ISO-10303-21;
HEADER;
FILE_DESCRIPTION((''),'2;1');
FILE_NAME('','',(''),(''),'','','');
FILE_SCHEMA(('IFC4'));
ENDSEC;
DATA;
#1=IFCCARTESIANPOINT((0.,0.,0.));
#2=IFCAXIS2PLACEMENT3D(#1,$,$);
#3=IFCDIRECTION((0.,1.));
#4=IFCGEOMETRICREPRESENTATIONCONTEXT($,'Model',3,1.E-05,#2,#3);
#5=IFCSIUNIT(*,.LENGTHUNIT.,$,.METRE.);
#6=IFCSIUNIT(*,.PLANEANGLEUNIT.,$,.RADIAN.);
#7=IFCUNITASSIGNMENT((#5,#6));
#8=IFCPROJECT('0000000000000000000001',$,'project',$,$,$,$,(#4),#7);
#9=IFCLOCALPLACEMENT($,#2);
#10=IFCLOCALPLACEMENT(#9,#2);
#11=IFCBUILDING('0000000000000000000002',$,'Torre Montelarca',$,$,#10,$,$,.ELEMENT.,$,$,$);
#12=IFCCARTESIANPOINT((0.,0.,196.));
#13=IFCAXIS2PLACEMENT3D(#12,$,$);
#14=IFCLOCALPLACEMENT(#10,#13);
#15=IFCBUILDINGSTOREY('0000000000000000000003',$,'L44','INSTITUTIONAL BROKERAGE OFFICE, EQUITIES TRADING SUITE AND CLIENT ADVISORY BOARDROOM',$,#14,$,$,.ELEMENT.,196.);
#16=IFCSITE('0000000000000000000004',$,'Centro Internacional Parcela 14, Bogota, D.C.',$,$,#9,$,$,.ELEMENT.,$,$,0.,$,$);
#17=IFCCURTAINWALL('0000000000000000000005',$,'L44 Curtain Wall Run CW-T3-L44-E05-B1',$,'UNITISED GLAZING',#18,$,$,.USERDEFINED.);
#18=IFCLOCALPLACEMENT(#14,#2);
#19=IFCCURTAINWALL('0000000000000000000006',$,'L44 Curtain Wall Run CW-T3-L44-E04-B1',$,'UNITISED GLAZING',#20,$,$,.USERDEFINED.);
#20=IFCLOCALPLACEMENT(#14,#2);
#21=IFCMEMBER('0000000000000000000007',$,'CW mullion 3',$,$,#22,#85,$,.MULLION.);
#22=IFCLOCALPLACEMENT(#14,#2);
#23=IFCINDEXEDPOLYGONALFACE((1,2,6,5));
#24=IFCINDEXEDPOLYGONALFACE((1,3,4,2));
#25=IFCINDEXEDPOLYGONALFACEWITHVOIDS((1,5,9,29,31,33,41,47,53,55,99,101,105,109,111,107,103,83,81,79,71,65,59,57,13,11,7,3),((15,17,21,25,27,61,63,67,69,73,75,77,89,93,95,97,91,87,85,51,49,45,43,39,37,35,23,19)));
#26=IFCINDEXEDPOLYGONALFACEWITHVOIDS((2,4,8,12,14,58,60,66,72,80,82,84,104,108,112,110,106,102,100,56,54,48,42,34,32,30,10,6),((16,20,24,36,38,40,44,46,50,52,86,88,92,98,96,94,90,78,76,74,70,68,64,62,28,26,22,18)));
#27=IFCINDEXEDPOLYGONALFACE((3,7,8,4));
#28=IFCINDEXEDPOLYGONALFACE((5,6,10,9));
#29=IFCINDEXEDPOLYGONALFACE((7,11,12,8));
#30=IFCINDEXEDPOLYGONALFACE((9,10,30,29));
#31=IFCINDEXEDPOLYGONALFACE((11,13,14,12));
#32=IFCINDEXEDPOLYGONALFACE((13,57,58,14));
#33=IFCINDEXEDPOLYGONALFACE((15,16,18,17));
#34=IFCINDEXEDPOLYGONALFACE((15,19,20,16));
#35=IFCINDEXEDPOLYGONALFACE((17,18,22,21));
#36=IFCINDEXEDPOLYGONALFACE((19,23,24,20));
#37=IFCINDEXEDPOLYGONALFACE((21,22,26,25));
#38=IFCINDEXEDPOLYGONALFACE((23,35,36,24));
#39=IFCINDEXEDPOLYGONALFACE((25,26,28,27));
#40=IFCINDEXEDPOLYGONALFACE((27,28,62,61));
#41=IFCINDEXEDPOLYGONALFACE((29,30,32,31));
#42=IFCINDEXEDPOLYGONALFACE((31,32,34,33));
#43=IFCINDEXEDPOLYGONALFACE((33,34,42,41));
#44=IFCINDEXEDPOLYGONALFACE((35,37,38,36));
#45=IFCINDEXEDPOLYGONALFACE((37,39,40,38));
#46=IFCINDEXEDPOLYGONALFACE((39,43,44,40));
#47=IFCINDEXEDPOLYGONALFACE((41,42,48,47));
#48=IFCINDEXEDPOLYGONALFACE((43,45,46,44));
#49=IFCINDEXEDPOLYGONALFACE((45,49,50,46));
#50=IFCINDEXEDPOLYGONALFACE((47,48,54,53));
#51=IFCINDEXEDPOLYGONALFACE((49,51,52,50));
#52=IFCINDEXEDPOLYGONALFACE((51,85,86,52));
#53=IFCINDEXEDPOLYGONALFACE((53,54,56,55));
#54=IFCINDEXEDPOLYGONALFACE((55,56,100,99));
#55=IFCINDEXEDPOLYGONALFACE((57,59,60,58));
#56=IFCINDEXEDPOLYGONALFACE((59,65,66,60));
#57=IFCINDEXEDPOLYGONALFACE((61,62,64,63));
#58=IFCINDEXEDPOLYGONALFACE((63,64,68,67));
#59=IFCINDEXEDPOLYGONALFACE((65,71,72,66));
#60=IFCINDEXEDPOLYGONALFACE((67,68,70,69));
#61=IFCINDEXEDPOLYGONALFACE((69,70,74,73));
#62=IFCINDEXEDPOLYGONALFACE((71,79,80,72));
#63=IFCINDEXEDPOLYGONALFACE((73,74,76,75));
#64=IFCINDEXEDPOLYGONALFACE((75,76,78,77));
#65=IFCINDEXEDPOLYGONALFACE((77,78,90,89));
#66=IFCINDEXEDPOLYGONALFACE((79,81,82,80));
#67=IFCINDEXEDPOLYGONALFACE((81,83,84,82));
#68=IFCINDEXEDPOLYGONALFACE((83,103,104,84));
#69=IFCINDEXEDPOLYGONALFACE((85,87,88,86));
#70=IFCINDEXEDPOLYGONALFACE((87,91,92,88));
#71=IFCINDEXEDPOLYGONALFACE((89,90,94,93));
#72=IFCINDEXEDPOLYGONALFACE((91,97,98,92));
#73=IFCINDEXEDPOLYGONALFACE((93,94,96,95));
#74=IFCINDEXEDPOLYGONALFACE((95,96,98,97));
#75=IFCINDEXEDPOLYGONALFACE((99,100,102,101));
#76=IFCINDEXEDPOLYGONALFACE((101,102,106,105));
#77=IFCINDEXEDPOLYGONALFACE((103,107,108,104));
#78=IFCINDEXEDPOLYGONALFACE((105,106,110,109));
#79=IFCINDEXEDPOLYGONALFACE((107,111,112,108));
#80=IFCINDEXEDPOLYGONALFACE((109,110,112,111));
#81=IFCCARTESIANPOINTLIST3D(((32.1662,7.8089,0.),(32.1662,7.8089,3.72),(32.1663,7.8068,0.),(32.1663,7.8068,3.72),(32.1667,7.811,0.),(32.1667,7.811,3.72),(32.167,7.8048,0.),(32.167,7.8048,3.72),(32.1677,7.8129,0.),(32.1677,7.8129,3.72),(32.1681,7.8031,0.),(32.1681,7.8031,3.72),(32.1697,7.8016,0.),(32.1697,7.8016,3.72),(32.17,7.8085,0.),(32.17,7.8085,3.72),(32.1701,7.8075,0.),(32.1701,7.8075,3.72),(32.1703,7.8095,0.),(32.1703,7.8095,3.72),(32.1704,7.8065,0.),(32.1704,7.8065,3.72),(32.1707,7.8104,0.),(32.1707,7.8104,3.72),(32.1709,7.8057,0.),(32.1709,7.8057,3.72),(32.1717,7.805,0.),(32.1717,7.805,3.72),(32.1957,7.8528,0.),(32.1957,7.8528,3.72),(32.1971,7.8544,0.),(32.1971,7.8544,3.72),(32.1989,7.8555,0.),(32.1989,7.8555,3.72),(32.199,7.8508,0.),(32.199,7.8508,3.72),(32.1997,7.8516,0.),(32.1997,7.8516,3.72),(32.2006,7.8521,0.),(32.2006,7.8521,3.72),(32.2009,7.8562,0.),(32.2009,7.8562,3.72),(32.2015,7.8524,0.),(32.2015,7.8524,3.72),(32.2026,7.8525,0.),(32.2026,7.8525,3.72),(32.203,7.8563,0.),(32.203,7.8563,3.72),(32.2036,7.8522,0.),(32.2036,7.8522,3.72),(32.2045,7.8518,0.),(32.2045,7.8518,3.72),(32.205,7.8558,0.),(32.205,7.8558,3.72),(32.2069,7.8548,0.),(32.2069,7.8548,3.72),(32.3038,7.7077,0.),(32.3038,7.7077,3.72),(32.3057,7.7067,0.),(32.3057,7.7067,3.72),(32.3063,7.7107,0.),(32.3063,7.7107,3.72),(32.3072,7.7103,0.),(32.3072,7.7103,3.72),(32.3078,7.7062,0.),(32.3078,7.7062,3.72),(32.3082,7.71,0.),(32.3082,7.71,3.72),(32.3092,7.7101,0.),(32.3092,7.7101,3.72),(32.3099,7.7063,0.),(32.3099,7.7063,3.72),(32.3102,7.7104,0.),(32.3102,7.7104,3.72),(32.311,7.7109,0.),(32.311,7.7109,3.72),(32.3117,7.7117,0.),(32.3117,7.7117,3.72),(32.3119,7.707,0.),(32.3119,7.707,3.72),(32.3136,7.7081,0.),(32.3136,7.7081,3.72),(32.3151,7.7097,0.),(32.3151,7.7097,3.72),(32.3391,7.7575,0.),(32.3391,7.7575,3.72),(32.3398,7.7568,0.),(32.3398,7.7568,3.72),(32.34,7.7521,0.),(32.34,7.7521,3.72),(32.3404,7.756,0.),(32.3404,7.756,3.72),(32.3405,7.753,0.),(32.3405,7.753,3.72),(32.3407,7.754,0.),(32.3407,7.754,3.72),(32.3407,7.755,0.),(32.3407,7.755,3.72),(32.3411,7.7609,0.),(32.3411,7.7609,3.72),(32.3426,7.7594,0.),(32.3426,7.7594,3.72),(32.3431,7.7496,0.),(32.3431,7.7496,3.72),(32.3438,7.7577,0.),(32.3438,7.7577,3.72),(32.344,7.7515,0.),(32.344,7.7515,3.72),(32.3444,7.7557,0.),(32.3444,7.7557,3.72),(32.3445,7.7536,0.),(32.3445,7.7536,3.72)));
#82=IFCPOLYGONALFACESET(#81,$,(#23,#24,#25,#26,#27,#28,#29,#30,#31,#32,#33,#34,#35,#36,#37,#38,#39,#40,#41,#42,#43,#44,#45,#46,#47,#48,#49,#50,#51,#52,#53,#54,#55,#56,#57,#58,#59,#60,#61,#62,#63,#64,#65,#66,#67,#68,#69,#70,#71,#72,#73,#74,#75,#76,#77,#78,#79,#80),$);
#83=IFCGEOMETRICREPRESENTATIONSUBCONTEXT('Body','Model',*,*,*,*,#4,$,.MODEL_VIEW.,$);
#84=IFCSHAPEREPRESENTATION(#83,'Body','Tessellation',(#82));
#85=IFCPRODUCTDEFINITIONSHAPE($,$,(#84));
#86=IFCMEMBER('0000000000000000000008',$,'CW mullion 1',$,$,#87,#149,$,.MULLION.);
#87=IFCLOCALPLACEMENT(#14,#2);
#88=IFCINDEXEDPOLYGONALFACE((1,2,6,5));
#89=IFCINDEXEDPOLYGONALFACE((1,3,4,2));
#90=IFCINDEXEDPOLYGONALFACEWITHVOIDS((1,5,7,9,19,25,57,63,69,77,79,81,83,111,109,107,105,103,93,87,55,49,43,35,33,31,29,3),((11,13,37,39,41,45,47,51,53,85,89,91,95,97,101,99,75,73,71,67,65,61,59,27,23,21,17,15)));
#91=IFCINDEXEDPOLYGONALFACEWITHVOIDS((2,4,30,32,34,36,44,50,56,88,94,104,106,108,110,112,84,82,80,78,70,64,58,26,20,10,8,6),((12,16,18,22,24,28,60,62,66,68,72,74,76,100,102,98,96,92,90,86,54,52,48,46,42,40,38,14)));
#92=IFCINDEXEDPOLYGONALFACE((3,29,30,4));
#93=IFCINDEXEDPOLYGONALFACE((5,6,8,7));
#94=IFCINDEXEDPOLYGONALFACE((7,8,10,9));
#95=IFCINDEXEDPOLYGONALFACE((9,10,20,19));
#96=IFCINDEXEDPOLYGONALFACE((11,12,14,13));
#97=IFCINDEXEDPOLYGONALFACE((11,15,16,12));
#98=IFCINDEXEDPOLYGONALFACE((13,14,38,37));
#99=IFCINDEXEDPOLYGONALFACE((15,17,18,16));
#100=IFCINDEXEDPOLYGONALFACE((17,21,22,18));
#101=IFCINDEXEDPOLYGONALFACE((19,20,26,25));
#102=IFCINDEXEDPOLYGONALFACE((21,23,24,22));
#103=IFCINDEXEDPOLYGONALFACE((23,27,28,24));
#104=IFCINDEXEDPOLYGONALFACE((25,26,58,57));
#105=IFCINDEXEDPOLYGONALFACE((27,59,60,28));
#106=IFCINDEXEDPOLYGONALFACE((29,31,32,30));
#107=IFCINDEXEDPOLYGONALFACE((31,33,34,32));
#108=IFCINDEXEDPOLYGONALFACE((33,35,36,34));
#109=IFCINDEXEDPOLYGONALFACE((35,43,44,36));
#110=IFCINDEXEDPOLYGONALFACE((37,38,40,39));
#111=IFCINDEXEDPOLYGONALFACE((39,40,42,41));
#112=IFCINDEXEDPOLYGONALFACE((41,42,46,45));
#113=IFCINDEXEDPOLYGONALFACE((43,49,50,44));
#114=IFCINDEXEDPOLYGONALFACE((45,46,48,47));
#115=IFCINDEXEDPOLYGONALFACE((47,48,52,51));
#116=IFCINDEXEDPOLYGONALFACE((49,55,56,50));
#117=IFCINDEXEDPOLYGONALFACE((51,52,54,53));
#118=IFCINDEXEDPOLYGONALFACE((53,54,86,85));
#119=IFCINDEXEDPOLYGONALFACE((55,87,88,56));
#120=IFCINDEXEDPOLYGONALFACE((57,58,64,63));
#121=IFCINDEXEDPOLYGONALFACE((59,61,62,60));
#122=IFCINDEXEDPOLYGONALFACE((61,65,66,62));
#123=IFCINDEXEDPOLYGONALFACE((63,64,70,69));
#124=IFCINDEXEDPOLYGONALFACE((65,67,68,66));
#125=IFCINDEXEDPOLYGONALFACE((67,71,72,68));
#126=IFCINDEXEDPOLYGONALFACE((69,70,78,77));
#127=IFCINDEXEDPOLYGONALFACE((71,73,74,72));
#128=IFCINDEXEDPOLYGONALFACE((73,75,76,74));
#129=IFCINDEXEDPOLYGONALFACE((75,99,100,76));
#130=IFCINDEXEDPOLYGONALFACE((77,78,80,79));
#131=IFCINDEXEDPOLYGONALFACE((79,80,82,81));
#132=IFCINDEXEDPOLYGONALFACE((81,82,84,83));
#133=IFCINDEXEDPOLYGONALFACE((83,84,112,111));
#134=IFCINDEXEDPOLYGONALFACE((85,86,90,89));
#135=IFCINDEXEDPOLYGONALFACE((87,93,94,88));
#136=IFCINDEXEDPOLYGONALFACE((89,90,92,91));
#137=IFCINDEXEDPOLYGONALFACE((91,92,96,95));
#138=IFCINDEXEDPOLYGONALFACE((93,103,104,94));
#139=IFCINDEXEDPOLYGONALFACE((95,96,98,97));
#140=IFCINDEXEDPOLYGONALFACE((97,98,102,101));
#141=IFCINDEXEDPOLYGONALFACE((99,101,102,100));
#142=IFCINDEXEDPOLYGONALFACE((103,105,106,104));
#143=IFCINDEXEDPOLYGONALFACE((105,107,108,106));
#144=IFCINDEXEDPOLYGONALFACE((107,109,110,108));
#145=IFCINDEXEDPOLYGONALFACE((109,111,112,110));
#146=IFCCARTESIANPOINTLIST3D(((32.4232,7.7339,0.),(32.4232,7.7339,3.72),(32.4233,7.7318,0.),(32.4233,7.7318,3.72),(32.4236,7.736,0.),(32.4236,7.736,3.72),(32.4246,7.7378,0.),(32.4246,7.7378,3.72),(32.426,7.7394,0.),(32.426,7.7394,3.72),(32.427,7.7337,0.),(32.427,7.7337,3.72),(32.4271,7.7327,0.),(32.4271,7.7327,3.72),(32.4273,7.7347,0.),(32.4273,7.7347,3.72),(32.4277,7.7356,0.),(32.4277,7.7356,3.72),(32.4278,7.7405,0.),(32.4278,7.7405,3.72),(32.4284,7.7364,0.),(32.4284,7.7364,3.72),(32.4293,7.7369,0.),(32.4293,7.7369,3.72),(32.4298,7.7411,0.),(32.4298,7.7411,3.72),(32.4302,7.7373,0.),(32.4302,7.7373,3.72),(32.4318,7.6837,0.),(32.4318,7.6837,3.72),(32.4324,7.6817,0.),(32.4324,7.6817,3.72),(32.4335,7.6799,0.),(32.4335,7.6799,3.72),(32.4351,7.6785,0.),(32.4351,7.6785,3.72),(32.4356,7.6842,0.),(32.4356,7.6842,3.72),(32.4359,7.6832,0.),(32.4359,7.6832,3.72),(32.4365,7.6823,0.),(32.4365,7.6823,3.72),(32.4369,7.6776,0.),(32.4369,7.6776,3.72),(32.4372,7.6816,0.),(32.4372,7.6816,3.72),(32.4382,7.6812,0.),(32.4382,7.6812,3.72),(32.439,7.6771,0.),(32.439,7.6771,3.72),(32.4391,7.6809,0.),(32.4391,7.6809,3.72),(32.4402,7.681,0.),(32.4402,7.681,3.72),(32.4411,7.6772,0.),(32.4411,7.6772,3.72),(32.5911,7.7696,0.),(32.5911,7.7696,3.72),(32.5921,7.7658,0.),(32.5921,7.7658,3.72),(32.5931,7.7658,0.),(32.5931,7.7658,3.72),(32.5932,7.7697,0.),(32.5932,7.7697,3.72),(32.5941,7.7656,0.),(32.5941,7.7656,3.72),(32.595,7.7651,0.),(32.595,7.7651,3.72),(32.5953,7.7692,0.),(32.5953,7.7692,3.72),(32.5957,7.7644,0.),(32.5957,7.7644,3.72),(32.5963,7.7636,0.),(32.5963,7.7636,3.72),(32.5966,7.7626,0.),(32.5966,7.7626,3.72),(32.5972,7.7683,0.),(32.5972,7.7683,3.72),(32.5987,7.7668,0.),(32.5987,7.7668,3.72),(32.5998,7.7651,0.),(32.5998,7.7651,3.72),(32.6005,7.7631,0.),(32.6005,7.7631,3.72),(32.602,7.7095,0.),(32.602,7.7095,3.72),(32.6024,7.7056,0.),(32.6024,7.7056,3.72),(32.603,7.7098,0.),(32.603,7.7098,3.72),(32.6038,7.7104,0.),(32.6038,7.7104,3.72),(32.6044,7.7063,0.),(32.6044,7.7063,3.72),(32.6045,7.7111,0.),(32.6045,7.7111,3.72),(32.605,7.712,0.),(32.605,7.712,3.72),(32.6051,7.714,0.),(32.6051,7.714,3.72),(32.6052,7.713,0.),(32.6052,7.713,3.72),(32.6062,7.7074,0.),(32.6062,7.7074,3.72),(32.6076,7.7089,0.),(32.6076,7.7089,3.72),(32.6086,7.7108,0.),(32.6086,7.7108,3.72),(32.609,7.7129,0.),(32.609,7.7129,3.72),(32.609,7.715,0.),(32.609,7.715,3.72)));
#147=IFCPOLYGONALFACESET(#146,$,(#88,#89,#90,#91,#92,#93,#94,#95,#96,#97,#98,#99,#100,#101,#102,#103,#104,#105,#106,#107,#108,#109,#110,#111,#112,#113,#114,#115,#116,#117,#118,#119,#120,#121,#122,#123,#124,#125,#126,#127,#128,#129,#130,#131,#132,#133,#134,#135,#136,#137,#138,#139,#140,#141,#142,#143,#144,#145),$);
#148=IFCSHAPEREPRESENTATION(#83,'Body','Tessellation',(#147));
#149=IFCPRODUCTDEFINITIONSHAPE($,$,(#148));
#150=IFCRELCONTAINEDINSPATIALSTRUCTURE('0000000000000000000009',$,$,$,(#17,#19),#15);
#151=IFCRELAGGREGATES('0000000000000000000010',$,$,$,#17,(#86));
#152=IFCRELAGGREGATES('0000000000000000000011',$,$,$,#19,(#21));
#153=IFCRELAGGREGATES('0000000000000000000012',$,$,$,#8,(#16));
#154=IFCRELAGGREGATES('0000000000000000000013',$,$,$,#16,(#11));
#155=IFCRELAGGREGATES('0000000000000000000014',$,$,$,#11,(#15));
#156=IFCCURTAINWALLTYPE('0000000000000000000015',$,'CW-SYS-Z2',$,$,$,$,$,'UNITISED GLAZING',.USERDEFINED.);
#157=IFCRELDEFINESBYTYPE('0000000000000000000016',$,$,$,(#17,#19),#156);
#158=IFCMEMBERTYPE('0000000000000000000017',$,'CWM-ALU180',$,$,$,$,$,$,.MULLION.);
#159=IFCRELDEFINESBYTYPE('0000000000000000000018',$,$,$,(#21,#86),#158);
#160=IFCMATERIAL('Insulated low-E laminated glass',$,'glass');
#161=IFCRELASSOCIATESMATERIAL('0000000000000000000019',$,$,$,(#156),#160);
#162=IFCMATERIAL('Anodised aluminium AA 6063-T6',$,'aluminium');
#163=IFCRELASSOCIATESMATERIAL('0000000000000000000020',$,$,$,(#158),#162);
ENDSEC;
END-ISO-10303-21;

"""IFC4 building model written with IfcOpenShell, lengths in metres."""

from ifc_helpers import new_model, si_unit, direction, frame, origin, origin_2d, place, context, subcontext, project, spatial, hollow_rectangle, extrude, source, transform, mapped, material, material_profile, profile_set, type_object, element, aggregate, save


model = new_model("IFC4")

# Units and contexts
model_context = context("Model", 3, precision=1e-05, world=origin(), true_north=direction((0.0, 1.0)))
body_context = subcontext(model_context, "Body", "Model", "MODEL_VIEW")
ifc_project = project(units=[si_unit("LENGTHUNIT", "METRE"), si_unit("PLANEANGLEUNIT", "RADIAN")], contexts=[model_context])

# Site, building, storey
site_placement = place(None, origin())
site = spatial("IfcSite", under=ifc_project, at=site_placement, Name="Centro Internacional Parcela 14, Bogota, D.C.", CompositionType="ELEMENT", RefElevation=0.0)
building_placement = place(site_placement, origin())
building = spatial("IfcBuilding", under=site, at=building_placement, Name="Torre Montelarca", CompositionType="ELEMENT")
storey_placement = place(building_placement, frame((0.0, 0.0, 196.0)))
storey = spatial("IfcBuildingStorey", under=building, at=storey_placement, Name="L44", Description="INSTITUTIONAL BROKERAGE OFFICE, EQUITIES TRADING SUITE AND CLIENT ADVISORY BOARDROOM", CompositionType="ELEMENT", Elevation=196.0)

# Curtain wall
ifc_material_1 = material(Name="Insulated low-E laminated glass", Category="glass")
curtain_wall_type = type_object("IfcCurtainWallType", Name="CW-SYS-Z2", ElementType="UNITISED GLAZING", PredefinedType="USERDEFINED", material=ifc_material_1)
curtain_wall_1_placement = place(storey_placement, origin())
curtain_wall_1 = element("IfcCurtainWall", 1, at=curtain_wall_1_placement, inside=storey, type_object=curtain_wall_type, Name="L44 Curtain Wall Run CW-T3-L44-E05-B1", ObjectType="UNITISED GLAZING", PredefinedType="USERDEFINED")
ifc_material_2 = material(Name="Anodised aluminium AA 6063-T6", Category="aluminium")

# Shared definitions
ifc_material_profile_1 = material_profile(ifc_material_2, hollow_rectangle(XDim=0.0649, YDim=0.1799, WallThickness=0.0039, InnerFilletRadius=0.0039, OuterFilletRadius=0.0081, at=origin_2d()), Name="ALU65X180X4", Category="aluminium")
ifc_profile_set_1 = profile_set([ifc_material_profile_1], Name="Anodised aluminium AA 6063-T6")
member_type_1 = type_object("IfcMemberType", Name="CWM-ALU180", PredefinedType="MULLION", material=ifc_profile_set_1)
shared_shape_1 = source(origin(), body_context, "Body", "SweptSolid", [
    extrude(hollow_rectangle(XDim=0.0649, YDim=0.1799, WallThickness=0.0039, InnerFilletRadius=0.0039, OuterFilletRadius=0.0081, at=origin_2d()), origin(), (0.0, 0.0, 1.0), 3.72),
])

# Curtain wall, member
curtain_wall_2_placement = place(storey_placement, origin())
curtain_wall_2 = element("IfcCurtainWall", 2, at=curtain_wall_2_placement, inside=storey, type_object=curtain_wall_type, Name="L44 Curtain Wall Run CW-T3-L44-E04-B1", ObjectType="UNITISED GLAZING", PredefinedType="USERDEFINED")
member_1_placement = place(storey_placement, frame((32.2554, 7.7812, 0.0), z_axis=(0.0, 0.0, 1.0), x_axis=(0.573558, 0.819165, 0.0)))
member_1 = element("IfcMember", 3, at=member_1_placement, type_object=member_type_1, Name="CW mullion 3", PredefinedType="MULLION", context=body_context, shape_type="MappedRepresentation", body=[
    mapped(shared_shape_1, transform((0.0, 0.0, 0.0), scale=1.0)),
])

# Member
member_2_placement = place(storey_placement, frame((32.5161, 7.7234, 0.0), z_axis=(0.0, 0.0, 1.0), x_axis=(-0.173634, 0.98481, 0.0)))
member_2 = element("IfcMember", 4, at=member_2_placement, type_object=member_type_1, Name="CW mullion 1", PredefinedType="MULLION", context=body_context, shape_type="MappedRepresentation", body=[
    mapped(shared_shape_1, transform((0.0, 0.0, 0.0), scale=1.0)),
])

aggregate(curtain_wall_1, [member_2])
aggregate(curtain_wall_2, [member_1])

save(model, "model.ifc")
